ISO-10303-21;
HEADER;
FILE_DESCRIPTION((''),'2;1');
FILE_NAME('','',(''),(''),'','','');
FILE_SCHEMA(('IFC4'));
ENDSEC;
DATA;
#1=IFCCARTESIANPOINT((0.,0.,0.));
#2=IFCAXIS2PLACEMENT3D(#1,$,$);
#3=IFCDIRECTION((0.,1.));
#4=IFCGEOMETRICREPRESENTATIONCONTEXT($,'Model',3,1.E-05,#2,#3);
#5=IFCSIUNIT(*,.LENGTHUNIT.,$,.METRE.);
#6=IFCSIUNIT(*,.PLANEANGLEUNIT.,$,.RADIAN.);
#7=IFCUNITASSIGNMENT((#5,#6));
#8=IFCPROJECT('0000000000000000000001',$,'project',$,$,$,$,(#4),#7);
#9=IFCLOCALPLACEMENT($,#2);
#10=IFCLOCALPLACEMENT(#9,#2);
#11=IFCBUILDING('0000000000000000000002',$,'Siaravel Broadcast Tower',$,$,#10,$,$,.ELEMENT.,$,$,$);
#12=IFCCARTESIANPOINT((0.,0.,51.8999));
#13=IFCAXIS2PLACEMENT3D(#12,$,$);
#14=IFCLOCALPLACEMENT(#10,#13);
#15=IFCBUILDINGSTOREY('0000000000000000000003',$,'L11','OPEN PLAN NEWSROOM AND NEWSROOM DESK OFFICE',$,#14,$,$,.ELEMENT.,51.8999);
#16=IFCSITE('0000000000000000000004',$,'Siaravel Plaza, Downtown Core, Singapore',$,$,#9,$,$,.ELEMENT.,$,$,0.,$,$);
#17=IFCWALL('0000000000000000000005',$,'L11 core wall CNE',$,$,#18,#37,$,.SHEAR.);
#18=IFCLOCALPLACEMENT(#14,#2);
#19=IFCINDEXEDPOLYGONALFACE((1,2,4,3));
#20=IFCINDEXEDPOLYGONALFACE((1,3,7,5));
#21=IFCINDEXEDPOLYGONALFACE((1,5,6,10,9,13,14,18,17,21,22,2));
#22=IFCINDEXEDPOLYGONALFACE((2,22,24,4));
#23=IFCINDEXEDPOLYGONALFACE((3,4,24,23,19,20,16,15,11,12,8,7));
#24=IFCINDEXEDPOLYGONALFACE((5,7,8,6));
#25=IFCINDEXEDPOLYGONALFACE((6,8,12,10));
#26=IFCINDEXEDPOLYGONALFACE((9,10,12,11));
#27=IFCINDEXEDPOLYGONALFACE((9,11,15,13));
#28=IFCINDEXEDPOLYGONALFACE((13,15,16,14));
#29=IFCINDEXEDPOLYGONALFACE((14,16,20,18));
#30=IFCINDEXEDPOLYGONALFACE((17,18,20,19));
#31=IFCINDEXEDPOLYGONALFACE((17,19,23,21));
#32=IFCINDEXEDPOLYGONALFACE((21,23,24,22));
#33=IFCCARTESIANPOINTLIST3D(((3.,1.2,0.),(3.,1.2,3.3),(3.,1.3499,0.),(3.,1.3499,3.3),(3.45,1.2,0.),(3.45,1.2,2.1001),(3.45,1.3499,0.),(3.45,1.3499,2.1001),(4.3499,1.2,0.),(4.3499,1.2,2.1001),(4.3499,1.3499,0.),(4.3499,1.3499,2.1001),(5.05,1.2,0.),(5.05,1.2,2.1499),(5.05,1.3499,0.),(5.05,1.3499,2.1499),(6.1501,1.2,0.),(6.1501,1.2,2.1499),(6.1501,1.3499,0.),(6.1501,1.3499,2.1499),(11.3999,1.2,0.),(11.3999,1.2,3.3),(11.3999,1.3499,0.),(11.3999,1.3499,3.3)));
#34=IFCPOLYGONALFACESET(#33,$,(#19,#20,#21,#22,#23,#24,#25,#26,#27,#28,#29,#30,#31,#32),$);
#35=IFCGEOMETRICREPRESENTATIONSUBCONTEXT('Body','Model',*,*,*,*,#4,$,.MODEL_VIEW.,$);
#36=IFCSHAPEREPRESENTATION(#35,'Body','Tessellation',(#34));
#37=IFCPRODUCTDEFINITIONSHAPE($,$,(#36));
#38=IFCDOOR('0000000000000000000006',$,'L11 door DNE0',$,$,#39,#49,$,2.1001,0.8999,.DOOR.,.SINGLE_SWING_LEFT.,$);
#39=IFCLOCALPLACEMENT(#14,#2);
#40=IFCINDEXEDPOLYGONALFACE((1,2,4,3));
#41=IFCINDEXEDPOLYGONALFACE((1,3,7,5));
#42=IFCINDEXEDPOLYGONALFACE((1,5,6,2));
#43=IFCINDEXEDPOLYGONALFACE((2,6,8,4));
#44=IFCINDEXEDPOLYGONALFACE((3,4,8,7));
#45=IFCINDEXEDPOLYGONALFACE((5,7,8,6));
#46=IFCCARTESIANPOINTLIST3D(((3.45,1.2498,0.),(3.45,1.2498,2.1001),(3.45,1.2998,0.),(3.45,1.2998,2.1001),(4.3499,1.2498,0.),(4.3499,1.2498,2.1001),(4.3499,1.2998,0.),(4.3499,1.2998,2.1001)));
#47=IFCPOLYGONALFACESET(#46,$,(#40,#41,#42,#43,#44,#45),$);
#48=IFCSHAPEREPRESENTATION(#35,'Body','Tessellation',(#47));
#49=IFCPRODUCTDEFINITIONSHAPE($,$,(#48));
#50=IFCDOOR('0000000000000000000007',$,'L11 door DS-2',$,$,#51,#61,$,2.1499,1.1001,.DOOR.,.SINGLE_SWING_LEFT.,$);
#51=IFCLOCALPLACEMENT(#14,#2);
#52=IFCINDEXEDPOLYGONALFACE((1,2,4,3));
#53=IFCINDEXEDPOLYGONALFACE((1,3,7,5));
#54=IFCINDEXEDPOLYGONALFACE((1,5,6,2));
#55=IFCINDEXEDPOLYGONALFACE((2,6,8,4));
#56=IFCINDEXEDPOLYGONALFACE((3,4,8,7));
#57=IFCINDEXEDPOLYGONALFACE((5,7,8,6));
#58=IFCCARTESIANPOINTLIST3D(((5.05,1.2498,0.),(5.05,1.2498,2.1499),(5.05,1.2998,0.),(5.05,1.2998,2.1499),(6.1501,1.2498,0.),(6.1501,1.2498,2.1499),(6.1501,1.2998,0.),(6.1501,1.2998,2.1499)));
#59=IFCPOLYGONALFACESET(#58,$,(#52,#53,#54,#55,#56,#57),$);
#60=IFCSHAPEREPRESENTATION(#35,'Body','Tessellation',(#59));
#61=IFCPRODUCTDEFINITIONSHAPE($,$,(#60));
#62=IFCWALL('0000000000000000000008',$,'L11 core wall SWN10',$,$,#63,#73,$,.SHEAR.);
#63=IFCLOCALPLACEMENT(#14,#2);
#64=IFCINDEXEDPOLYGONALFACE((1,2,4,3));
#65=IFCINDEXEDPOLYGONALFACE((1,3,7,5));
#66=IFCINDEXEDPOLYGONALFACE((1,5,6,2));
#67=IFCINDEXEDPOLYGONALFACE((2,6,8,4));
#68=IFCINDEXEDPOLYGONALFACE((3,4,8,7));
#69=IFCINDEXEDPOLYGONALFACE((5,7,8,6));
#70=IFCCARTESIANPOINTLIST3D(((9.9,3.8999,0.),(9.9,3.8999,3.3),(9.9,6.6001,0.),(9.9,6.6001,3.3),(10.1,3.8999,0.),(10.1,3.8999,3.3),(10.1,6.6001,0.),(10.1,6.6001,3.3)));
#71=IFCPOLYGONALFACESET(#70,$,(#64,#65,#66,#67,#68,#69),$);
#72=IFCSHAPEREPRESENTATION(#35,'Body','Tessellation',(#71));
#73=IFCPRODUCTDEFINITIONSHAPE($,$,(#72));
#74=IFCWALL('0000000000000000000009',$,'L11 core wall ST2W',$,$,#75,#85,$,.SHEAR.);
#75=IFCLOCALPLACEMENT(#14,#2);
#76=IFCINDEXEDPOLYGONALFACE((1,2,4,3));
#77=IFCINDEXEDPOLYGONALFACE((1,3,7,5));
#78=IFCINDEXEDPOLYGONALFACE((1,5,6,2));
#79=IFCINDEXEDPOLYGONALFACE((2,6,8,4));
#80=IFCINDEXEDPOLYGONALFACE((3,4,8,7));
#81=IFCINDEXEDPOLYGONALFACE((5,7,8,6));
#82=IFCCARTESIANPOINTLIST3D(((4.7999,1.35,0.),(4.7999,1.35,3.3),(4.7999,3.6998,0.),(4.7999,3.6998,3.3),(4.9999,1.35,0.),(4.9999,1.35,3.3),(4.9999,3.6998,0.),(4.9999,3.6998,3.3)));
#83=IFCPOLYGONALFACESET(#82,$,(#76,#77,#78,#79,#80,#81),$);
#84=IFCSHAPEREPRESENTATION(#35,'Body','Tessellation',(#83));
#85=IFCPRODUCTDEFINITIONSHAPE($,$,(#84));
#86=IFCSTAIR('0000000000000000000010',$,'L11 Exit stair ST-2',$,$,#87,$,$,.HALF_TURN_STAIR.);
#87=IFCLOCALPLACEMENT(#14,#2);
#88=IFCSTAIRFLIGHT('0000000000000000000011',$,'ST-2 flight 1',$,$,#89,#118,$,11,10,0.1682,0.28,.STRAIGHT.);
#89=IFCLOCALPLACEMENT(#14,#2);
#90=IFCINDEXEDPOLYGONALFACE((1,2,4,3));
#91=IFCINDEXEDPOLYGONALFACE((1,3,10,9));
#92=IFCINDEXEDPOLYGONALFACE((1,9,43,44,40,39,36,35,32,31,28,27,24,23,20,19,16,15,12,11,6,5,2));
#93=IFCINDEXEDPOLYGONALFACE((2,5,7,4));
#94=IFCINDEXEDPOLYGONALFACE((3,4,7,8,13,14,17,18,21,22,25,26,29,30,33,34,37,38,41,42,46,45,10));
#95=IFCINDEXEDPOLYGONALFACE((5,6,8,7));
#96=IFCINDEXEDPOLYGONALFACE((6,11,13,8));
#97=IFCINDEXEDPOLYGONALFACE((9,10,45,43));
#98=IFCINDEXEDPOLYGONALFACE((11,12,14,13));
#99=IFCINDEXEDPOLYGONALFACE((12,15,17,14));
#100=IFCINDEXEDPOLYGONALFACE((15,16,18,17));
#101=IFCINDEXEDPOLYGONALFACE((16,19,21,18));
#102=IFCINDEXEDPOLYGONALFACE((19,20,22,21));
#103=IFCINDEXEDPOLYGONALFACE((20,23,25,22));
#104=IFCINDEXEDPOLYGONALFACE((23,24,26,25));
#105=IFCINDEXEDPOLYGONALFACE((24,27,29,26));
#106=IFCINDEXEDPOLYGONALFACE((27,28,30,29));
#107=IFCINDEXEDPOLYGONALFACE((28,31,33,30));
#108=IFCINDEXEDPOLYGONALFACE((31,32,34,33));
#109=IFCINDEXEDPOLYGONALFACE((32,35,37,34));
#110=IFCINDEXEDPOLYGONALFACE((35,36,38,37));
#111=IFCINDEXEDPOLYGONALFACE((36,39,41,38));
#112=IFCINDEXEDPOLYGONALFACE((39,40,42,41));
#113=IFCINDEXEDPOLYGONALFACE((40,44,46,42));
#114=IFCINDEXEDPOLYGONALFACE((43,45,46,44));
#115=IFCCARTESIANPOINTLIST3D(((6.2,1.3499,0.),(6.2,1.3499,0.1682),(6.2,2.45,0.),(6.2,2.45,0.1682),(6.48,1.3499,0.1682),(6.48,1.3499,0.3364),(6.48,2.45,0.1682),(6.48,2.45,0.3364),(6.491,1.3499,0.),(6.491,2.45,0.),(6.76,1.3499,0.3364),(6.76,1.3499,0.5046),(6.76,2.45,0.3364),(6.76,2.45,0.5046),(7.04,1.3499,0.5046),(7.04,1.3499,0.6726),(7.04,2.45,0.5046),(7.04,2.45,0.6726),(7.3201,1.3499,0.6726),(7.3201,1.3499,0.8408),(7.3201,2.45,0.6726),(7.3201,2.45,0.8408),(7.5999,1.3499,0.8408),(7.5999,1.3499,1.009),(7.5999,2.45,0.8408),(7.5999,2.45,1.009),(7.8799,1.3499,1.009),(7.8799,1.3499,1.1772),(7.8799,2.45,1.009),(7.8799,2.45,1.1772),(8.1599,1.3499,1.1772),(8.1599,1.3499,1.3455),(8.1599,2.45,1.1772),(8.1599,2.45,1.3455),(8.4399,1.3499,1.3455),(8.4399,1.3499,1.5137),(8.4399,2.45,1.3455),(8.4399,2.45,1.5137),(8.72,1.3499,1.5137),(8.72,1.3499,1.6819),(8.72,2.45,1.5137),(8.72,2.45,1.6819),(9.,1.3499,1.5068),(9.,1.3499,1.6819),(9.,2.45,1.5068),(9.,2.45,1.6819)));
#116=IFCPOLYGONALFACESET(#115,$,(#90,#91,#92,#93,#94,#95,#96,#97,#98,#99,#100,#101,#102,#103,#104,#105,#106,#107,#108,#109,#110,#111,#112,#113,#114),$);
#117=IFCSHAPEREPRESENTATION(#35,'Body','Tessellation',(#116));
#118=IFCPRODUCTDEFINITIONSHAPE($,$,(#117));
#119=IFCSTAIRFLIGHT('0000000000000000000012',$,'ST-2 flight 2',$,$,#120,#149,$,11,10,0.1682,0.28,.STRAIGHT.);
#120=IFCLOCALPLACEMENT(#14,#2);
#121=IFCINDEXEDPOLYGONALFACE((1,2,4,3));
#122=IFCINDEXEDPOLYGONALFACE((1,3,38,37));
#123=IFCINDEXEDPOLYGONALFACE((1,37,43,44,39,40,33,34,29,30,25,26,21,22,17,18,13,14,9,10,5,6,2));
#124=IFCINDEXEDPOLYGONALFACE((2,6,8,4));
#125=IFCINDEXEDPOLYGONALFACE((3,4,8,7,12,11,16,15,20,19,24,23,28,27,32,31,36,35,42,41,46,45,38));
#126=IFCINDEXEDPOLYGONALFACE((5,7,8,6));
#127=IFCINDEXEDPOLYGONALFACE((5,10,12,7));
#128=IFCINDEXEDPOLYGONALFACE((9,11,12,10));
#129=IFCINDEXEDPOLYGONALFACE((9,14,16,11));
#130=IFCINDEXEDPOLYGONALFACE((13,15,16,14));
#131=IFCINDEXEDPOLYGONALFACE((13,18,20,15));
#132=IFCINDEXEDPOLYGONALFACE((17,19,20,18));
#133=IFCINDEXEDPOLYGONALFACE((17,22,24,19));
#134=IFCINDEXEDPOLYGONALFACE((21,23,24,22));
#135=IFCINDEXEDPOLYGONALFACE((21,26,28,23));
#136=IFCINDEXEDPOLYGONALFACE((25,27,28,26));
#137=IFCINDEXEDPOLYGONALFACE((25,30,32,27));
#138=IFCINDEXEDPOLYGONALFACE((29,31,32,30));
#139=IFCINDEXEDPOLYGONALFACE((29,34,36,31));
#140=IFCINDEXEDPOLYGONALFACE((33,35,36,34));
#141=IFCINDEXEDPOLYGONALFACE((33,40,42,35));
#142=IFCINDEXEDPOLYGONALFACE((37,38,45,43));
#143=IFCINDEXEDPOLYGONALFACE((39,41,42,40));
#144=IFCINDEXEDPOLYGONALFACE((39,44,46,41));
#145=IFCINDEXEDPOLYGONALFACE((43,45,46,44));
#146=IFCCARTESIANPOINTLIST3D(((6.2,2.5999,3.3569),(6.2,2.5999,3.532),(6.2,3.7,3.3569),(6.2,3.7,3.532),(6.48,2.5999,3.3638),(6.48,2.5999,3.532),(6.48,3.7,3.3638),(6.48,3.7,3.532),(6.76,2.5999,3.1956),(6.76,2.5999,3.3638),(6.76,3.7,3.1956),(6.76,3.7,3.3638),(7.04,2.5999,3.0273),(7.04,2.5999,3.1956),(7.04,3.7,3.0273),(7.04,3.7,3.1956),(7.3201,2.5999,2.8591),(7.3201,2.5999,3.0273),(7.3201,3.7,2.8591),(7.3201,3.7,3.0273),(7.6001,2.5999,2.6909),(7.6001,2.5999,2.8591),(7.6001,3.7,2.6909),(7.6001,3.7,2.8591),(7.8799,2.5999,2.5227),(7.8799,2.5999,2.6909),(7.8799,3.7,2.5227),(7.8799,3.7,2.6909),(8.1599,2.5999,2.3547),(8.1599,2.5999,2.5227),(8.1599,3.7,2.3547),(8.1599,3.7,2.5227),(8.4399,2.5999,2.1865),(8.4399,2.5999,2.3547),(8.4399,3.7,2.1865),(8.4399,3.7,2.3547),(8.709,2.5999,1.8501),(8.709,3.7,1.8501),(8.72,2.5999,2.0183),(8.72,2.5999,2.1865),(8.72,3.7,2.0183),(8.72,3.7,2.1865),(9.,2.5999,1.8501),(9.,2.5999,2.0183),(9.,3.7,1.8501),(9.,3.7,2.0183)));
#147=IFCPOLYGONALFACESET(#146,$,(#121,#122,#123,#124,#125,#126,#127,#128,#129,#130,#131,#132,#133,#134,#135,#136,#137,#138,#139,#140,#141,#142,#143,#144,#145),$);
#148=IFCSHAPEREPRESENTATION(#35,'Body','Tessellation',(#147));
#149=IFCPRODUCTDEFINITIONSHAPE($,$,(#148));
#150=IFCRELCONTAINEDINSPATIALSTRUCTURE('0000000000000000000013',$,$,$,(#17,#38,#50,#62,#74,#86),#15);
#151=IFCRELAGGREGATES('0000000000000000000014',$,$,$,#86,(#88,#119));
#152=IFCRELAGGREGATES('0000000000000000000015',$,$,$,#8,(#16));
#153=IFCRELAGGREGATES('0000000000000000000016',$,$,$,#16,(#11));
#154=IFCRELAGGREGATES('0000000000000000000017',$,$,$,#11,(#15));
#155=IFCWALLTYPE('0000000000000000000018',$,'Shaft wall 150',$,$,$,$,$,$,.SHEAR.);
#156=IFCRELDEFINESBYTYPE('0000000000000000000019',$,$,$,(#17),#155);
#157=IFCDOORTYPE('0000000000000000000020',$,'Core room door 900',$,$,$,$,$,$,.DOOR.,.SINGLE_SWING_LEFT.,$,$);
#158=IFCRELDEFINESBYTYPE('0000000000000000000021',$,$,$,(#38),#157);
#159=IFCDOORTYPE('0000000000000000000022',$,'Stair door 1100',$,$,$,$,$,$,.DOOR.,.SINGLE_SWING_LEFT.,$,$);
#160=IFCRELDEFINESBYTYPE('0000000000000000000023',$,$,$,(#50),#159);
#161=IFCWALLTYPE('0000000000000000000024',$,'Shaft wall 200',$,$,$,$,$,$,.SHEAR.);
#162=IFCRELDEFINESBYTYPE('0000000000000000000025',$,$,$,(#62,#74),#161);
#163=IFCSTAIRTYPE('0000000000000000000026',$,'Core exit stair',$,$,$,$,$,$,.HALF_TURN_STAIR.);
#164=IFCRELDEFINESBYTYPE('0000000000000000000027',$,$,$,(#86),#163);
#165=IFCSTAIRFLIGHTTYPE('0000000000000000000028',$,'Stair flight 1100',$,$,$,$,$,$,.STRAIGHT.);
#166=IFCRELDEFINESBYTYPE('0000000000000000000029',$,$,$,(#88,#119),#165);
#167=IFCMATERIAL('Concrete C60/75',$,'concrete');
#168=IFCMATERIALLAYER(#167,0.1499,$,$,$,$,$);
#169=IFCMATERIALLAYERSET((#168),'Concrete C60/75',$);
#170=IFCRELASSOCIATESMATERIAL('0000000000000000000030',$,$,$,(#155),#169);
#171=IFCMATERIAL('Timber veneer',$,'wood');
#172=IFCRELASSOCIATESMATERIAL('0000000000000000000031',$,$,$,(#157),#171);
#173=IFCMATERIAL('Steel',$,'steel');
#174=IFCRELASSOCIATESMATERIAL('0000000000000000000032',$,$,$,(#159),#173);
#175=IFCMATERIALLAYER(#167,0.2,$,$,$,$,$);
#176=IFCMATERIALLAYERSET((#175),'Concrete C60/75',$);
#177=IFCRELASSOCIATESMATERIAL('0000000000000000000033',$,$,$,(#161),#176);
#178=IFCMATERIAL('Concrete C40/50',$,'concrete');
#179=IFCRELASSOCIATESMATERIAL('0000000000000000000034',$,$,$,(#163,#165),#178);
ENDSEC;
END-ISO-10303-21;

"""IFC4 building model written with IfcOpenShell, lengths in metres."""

from ifc_helpers import new_model, si_unit, direction, frame, frame_2d, origin, place, context, subcontext, project, spatial, polyline, rectangle, outline, extrude, material, layer, layer_set, type_object, element, fill, aggregate, save


model = new_model("IFC4")

# Units and contexts
model_context = context("Model", 3, precision=1e-05, world=origin(), true_north=direction((0.0, 1.0)))
body_context = subcontext(model_context, "Body", "Model", "MODEL_VIEW")
ifc_project = project(units=[si_unit("LENGTHUNIT", "METRE"), si_unit("PLANEANGLEUNIT", "RADIAN")], contexts=[model_context])

# Site, building, storey
site_placement = place(None, origin())
site = spatial("IfcSite", under=ifc_project, at=site_placement, Name="Siaravel Plaza, Downtown Core, Singapore", CompositionType="ELEMENT", RefElevation=0.0)
building_placement = place(site_placement, origin())
building = spatial("IfcBuilding", under=site, at=building_placement, Name="Siaravel Broadcast Tower", CompositionType="ELEMENT")
storey_placement = place(building_placement, frame((0.0, 0.0, 51.8999)))
storey = spatial("IfcBuildingStorey", under=building, at=storey_placement, Name="L11", Description="OPEN PLAN NEWSROOM AND NEWSROOM DESK OFFICE", CompositionType="ELEMENT", Elevation=51.8999)

# Shared definitions
ifc_material_1 = material(Name="Concrete C40/50", Category="concrete")

# Shared definitions
ifc_material_2 = material(Name="Timber veneer", Category="wood")

# Wall, openings, doors
ifc_material_3 = material(Name="Concrete C60/75", Category="concrete")
ifc_layer_1 = layer(ifc_material_3, 0.1499)
ifc_layer_set_1 = layer_set([ifc_layer_1], Name="Concrete C60/75")
wall_type_1 = type_object("IfcWallType", Name="Shaft wall 150", PredefinedType="SHEAR", material=ifc_layer_set_1)
wall_1_placement = place(storey_placement, frame((3.0, 1.2749, 0.0), z_axis=(0.0, 0.0, 1.0), x_axis=(1.0, 0.0, 0.0)))
wall_1 = element("IfcWall", 1, at=wall_1_placement, inside=storey, type_object=wall_type_1, Name="L11 core wall CNE", PredefinedType="SHEAR", context=body_context, shape_type="SweptSolid", body=[
    extrude(rectangle(XDim=8.3999, YDim=0.1499, at=frame_2d((4.2, 0.0))), origin(), (0.0, 0.0, 1.0), 3.3),
])
opening_1_placement = place(wall_1_placement, frame((2.05, 0.0, 0.0)))
opening_1 = element("IfcOpeningElement", 2, at=opening_1_placement, cuts=wall_1, PredefinedType="OPENING", context=body_context, shape_type="SweptSolid", body=[
    extrude(rectangle(XDim=1.1001, YDim=2.1499, at=frame_2d((0.55, 1.075))), frame((0.0, 0.085, 0.0), z_axis=(0.0, -1.0, 0.0), x_axis=(1.0, 0.0, 0.0)), (0.0, 0.0, 1.0), 0.1699),
])
opening_2_placement = place(wall_1_placement, frame((0.45, 0.0, 0.0)))
opening_2 = element("IfcOpeningElement", 3, at=opening_2_placement, cuts=wall_1, PredefinedType="OPENING", context=body_context, shape_type="SweptSolid", body=[
    extrude(rectangle(XDim=0.8999, YDim=2.1001, at=frame_2d((0.45, 1.05))), frame((0.0, 0.085, 0.0), z_axis=(0.0, -1.0, 0.0), x_axis=(1.0, 0.0, 0.0)), (0.0, 0.0, 1.0), 0.1699),
])
door_type_1 = type_object("IfcDoorType", Name="Core room door 900", OperationType="SINGLE_SWING_LEFT", PredefinedType="DOOR", material=ifc_material_2)
door_1_placement = place(opening_2_placement, origin())
door_1 = element("IfcDoor", 4, at=door_1_placement, inside=storey, type_object=door_type_1, Name="L11 door DNE0", OperationType="SINGLE_SWING_LEFT", OverallHeight=2.1001, OverallWidth=0.8999, PredefinedType="DOOR", context=body_context, shape_type="SweptSolid", body=[
    extrude(rectangle(XDim=0.8999, YDim=2.1001, at=frame_2d((0.45, 1.05))), frame((0.0, 0.0249, 0.0), z_axis=(0.0, -1.0, 0.0), x_axis=(1.0, 0.0, 0.0)), (0.0, 0.0, 1.0), 0.05),
])
fill(opening_2, door_1)
ifc_material_4 = material(Name="Steel", Category="steel")
door_type_2 = type_object("IfcDoorType", Name="Stair door 1100", OperationType="SINGLE_SWING_LEFT", PredefinedType="DOOR", material=ifc_material_4)
door_2_placement = place(opening_1_placement, origin())
door_2 = element("IfcDoor", 5, at=door_2_placement, inside=storey, type_object=door_type_2, Name="L11 door DS-2", OperationType="SINGLE_SWING_LEFT", OverallHeight=2.1499, OverallWidth=1.1001, PredefinedType="DOOR", context=body_context, shape_type="SweptSolid", body=[
    extrude(rectangle(XDim=1.1001, YDim=2.1499, at=frame_2d((0.55, 1.075))), frame((0.0, 0.0249, 0.0), z_axis=(0.0, -1.0, 0.0), x_axis=(1.0, 0.0, 0.0)), (0.0, 0.0, 1.0), 0.05),
])
fill(opening_1, door_2)

# Walls
ifc_layer_2 = layer(ifc_material_3, 0.2)
ifc_layer_set_2 = layer_set([ifc_layer_2], Name="Concrete C60/75")
wall_type_2 = type_object("IfcWallType", Name="Shaft wall 200", PredefinedType="SHEAR", material=ifc_layer_set_2)
wall_2_placement = place(storey_placement, frame((10.0, 3.8999, 0.0), z_axis=(0.0, 0.0, 1.0), x_axis=(0.0, 1.0, 0.0)))
element("IfcWall", 6, at=wall_2_placement, inside=storey, type_object=wall_type_2, Name="L11 core wall SWN10", PredefinedType="SHEAR", context=body_context, shape_type="SweptSolid", body=[
    extrude(rectangle(XDim=2.7002, YDim=0.2, at=frame_2d((1.3501, 0.0))), origin(), (0.0, 0.0, 1.0), 3.3),
])
wall_3_placement = place(storey_placement, frame((4.8999, 1.3501, 0.0), z_axis=(0.0, 0.0, 1.0), x_axis=(0.0, 1.0, 0.0)))
element("IfcWall", 7, at=wall_3_placement, inside=storey, type_object=wall_type_2, Name="L11 core wall ST2W", PredefinedType="SHEAR", context=body_context, shape_type="SweptSolid", body=[
    extrude(rectangle(XDim=2.3499, YDim=0.2, at=frame_2d((1.1748, 0.0))), origin(), (0.0, 0.0, 1.0), 3.3),
])

# Stair, stair flights
stair_type = type_object("IfcStairType", Name="Core exit stair", PredefinedType="HALF_TURN_STAIR", material=ifc_material_1)
stair_placement = place(storey_placement, origin())
stair = element("IfcStair", 8, at=stair_placement, inside=storey, type_object=stair_type, Name="L11 Exit stair ST-2", PredefinedType="HALF_TURN_STAIR")
stair_flight_type = type_object("IfcStairFlightType", Name="Stair flight 1100", PredefinedType="STRAIGHT", material=ifc_material_1)
stair_flight_1_placement = place(storey_placement, frame((6.2, 1.8999, 0.0), z_axis=(0.0, 0.0, 1.0), x_axis=(1.0, 0.0, 0.0)))
stair_flight_1 = element("IfcStairFlight", 9, at=stair_flight_1_placement, type_object=stair_flight_type, Name="ST-2 flight 1", NumberOfRisers=11, NumberOfTreads=10, PredefinedType="STRAIGHT", RiserHeight=0.1682, TreadLength=0.28, context=body_context, shape_type="SweptSolid", body=[
    extrude(outline(polyline([(0.0, 0.0), (0.0, 0.1682), (0.28, 0.1682), (0.28, 0.3364), (0.5601, 0.3364), (0.5601, 0.5046), (0.8401, 0.5046), (0.8401, 0.6726), (1.1201, 0.6726), (1.1201, 0.8408), (1.3999, 0.8408), (1.3999, 1.009), (1.6799, 1.009), (1.6799, 1.1772), (1.96, 1.1772), (1.96, 1.3455), (2.24, 1.3455), (2.24, 1.5137), (2.52, 1.5137), (2.52, 1.6819), (2.8, 1.6819), (2.8, 1.8501), (2.8, 1.5068), (0.291, 0.0), (0.0, 0.0)])), frame((0.0, 0.55, 0.0), z_axis=(0.0, -1.0, 0.0), x_axis=(1.0, 0.0, 0.0)), (0.0, 0.0, 1.0), 1.1001),
])
stair_flight_2_placement = place(storey_placement, frame((9.0, 3.1499, 1.8501), z_axis=(0.0, 0.0, 1.0), x_axis=(-1.0, 0.0, 0.0)))
stair_flight_2 = element("IfcStairFlight", 10, at=stair_flight_2_placement, type_object=stair_flight_type, Name="ST-2 flight 2", NumberOfRisers=11, NumberOfTreads=10, PredefinedType="STRAIGHT", RiserHeight=0.1682, TreadLength=0.28, context=body_context, shape_type="SweptSolid", body=[
    extrude(outline(polyline([(0.0, 0.0), (0.0, 0.1682), (0.28, 0.1682), (0.28, 0.3364), (0.5601, 0.3364), (0.5601, 0.5046), (0.8401, 0.5046), (0.8401, 0.6726), (1.1201, 0.6726), (1.1201, 0.8408), (1.3999, 0.8408), (1.3999, 1.009), (1.6799, 1.009), (1.6799, 1.1772), (1.96, 1.1772), (1.96, 1.3455), (2.24, 1.3455), (2.24, 1.5137), (2.52, 1.5137), (2.52, 1.6819), (2.8, 1.6819), (2.8, 1.8501), (2.8, 1.5068), (0.291, 0.0), (0.0, 0.0)])), frame((0.0, 0.55, 0.0), z_axis=(0.0, -1.0, 0.0), x_axis=(1.0, 0.0, 0.0)), (0.0, 0.0, 1.0), 1.1001),
])
aggregate(stair, [stair_flight_1, stair_flight_2])

save(model, "model.ifc")
